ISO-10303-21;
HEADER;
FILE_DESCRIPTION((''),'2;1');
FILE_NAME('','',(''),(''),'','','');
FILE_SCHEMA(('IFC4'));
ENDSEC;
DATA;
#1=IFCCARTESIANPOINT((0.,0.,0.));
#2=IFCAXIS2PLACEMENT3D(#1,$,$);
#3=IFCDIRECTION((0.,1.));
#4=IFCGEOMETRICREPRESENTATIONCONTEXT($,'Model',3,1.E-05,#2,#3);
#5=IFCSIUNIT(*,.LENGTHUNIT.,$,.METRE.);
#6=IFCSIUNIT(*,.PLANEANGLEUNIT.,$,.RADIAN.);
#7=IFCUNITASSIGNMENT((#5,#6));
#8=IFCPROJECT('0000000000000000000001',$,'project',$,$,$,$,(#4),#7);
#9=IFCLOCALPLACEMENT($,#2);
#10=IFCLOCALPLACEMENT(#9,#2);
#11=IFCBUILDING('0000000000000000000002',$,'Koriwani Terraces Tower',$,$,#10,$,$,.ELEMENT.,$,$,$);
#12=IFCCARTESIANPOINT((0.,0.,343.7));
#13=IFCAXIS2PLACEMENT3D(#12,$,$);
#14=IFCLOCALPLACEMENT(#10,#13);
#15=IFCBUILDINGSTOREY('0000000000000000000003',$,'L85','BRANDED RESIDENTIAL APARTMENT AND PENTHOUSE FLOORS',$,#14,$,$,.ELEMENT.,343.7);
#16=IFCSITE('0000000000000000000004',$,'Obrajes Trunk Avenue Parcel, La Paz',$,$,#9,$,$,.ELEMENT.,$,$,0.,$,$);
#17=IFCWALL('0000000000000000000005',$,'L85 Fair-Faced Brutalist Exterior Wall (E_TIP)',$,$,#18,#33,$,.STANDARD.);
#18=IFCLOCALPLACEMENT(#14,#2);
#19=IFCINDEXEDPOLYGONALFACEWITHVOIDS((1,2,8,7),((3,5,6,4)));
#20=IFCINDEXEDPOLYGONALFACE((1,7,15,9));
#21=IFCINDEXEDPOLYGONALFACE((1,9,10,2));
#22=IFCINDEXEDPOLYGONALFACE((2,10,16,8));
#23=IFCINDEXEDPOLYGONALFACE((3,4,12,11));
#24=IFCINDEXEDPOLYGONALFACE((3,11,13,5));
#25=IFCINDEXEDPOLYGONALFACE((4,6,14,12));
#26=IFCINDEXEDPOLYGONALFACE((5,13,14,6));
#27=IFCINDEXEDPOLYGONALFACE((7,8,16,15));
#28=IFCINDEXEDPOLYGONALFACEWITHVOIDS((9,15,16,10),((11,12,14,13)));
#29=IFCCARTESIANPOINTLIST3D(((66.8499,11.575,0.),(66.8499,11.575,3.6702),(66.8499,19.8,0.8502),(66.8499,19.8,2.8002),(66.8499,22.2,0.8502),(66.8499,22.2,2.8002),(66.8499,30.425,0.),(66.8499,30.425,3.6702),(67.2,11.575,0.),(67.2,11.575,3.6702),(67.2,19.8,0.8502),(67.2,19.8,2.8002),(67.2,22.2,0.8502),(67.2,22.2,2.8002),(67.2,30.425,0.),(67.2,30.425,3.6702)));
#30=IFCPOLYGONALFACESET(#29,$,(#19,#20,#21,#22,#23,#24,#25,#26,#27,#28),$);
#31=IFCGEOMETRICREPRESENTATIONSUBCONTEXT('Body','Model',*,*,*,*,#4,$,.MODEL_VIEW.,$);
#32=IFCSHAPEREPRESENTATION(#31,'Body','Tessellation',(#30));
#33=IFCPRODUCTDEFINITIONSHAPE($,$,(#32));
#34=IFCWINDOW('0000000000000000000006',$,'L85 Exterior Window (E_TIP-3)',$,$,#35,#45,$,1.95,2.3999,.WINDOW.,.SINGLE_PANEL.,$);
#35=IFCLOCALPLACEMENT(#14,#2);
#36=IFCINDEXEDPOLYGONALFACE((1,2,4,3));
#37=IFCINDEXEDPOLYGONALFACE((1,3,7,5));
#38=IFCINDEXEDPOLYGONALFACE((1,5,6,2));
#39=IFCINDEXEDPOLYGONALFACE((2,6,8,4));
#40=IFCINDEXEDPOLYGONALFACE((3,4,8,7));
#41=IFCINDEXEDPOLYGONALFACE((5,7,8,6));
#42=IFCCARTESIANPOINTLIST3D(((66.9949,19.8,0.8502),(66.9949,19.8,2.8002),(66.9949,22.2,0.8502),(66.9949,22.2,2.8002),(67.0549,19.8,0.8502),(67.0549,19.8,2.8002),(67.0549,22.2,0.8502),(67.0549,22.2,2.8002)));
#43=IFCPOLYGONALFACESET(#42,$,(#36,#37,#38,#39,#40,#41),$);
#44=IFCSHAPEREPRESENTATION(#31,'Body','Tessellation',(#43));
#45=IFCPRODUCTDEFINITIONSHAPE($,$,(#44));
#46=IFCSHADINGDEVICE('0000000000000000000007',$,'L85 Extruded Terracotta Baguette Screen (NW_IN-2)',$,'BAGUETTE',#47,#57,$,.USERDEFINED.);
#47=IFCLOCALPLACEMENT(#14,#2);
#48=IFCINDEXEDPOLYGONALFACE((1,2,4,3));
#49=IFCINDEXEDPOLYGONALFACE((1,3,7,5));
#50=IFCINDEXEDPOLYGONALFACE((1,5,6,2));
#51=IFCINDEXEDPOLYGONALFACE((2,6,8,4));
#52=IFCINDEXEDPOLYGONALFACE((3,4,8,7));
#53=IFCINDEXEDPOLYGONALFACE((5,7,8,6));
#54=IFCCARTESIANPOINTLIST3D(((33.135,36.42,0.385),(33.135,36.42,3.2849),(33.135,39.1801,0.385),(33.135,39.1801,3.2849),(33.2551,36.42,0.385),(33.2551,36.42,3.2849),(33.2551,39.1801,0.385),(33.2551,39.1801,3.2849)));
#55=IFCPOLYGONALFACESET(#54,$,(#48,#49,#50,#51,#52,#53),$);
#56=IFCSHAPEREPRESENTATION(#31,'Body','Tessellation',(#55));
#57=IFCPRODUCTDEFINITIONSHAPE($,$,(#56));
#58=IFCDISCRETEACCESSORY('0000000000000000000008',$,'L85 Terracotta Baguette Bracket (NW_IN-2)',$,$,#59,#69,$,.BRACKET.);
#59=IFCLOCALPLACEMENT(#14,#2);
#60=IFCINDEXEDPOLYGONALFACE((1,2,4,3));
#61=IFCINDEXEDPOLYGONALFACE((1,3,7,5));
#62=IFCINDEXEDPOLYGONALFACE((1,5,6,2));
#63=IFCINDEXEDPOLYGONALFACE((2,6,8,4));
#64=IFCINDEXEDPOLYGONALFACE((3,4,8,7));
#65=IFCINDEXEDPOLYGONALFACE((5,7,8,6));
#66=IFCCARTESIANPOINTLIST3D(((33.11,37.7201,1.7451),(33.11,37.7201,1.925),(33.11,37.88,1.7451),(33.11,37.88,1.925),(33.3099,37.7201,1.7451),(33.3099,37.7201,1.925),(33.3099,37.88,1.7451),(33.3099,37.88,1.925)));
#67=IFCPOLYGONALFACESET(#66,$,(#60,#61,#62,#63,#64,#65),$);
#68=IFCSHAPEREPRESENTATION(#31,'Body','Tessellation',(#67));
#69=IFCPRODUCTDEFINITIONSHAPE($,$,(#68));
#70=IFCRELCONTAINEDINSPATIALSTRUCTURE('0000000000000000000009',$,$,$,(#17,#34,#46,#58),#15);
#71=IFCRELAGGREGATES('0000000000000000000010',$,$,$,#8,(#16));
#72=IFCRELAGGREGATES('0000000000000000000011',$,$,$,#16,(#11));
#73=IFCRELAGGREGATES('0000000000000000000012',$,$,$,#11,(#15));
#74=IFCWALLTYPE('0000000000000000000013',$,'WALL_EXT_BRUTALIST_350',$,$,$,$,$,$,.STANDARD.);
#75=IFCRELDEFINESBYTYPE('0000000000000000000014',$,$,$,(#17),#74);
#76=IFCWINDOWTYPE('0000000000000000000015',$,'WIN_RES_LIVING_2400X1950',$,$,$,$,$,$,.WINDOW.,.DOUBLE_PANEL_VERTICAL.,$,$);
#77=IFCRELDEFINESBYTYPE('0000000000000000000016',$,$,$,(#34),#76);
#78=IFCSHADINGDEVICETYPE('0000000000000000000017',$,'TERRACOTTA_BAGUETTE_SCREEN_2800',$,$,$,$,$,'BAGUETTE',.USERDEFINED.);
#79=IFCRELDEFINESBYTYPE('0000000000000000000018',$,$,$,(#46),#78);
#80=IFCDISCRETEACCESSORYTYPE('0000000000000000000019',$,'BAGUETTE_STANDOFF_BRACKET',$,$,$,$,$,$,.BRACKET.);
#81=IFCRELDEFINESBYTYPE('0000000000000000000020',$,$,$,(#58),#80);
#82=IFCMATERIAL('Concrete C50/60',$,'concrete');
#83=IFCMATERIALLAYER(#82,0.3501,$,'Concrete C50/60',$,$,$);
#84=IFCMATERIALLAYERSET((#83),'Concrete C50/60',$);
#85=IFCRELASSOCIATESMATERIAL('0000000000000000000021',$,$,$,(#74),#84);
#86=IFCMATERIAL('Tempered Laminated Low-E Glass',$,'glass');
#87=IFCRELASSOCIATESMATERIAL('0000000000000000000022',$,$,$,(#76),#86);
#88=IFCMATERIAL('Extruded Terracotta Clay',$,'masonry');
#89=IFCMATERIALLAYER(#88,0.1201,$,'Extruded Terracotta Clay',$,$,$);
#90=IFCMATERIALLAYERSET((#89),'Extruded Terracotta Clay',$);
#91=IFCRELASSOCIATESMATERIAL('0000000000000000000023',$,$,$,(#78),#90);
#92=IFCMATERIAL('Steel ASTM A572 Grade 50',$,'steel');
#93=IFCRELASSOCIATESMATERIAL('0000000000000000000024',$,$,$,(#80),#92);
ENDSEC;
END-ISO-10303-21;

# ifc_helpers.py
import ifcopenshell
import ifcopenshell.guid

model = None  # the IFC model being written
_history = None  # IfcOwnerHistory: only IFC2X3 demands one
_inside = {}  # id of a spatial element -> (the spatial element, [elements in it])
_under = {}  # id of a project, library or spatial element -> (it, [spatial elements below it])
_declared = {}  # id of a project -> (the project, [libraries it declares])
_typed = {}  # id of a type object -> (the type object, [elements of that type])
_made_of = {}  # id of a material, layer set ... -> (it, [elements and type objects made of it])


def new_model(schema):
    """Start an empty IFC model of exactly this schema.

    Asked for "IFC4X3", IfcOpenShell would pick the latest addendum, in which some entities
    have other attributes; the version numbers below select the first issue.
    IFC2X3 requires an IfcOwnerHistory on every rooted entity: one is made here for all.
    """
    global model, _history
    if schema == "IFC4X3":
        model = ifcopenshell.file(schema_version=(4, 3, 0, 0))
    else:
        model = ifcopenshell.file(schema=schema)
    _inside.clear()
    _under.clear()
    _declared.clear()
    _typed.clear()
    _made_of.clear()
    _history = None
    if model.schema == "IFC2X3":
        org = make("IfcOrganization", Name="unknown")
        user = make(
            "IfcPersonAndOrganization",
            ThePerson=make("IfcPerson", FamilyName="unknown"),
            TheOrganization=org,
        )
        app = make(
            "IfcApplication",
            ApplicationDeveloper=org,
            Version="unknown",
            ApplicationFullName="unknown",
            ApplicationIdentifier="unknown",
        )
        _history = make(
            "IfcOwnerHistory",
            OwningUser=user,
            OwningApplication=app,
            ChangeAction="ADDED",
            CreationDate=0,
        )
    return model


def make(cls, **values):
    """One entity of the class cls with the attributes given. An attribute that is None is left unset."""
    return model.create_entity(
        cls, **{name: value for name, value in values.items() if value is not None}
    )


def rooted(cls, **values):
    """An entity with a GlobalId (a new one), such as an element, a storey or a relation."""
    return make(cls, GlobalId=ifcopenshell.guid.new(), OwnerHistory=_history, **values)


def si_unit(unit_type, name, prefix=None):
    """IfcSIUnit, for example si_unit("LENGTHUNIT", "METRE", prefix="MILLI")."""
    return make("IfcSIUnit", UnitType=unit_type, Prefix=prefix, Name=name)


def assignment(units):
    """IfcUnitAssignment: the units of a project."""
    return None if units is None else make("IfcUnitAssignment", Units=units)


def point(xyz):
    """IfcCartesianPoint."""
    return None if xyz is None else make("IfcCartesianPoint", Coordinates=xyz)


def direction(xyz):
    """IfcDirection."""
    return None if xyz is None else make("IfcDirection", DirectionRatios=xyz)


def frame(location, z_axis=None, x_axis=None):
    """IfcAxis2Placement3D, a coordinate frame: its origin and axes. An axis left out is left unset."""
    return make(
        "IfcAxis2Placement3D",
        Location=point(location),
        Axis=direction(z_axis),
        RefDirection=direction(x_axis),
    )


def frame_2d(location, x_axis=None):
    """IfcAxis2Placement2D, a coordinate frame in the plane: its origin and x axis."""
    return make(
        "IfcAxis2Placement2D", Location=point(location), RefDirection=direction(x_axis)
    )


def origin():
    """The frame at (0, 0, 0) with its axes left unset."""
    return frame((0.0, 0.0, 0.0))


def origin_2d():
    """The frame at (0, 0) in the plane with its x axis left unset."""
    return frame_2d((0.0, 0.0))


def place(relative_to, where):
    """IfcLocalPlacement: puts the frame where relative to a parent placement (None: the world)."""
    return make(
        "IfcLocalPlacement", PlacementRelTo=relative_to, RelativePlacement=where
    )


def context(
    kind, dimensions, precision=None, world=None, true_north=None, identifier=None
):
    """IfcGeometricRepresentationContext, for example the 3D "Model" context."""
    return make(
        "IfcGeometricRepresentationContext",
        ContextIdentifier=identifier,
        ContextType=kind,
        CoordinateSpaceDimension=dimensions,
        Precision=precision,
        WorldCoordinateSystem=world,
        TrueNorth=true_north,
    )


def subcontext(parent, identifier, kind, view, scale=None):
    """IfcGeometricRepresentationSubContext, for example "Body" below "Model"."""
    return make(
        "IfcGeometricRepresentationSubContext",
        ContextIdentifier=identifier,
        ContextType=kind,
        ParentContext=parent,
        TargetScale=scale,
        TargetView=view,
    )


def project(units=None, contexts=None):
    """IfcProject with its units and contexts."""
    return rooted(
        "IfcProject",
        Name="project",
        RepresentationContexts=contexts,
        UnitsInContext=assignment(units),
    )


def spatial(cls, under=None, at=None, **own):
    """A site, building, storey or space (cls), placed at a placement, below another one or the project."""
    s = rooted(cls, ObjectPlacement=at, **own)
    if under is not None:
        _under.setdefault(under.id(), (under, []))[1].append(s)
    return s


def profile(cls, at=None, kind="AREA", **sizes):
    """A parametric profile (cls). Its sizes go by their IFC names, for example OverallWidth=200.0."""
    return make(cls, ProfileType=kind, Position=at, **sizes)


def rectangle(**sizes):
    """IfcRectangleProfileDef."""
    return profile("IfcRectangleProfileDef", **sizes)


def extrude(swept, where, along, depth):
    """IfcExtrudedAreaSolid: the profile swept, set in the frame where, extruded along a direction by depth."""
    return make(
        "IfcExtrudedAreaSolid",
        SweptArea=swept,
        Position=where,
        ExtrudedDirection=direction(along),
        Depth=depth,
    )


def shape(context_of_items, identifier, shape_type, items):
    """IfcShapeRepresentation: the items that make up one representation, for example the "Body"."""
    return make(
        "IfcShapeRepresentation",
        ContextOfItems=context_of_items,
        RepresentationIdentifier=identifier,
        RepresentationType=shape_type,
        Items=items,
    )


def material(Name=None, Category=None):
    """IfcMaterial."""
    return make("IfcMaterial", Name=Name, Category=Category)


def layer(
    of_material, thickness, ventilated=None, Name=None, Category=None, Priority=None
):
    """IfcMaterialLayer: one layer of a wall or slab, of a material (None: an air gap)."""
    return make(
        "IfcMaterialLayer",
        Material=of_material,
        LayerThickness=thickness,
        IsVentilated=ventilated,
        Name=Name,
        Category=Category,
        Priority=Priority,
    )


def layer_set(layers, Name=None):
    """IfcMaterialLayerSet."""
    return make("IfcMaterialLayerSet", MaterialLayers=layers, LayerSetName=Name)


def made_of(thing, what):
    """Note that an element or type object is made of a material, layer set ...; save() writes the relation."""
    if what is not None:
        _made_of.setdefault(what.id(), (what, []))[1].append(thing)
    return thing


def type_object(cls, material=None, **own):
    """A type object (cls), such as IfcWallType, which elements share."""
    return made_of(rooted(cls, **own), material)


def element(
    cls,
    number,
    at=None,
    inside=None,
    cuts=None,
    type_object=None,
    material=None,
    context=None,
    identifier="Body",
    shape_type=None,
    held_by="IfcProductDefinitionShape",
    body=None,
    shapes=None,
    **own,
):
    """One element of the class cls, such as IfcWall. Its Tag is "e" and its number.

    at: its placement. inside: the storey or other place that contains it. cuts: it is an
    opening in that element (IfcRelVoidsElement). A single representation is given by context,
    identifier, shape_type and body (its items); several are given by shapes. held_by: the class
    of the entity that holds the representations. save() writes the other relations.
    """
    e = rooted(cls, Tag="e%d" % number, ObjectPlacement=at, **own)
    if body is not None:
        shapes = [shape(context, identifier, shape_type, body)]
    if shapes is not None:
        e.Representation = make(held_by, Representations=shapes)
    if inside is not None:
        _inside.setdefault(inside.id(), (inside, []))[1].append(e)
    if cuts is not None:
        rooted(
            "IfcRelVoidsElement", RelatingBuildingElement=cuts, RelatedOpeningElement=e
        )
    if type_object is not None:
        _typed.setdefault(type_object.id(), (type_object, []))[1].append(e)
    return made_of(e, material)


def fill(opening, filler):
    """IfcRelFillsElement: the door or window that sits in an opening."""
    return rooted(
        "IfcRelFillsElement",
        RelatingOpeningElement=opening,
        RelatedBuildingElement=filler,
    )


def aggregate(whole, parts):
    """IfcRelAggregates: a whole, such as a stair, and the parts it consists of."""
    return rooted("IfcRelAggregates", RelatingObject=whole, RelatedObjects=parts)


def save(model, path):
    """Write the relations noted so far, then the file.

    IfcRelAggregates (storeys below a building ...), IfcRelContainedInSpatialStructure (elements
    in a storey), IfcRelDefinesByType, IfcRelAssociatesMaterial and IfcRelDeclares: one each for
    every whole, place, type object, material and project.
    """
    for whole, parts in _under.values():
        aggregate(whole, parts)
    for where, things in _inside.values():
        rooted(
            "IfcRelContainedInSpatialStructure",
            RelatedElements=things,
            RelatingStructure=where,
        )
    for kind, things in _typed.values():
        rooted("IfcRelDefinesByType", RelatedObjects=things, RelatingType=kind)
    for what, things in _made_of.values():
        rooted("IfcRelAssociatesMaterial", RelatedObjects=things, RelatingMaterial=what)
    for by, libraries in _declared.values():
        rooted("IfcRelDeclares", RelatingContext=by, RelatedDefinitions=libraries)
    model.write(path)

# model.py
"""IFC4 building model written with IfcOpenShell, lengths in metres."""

from ifc_helpers import new_model, si_unit, direction, frame, frame_2d, origin, origin_2d, place, context, subcontext, project, spatial, rectangle, extrude, material, layer, layer_set, type_object, element, fill, save


model = new_model("IFC4")

# Units and contexts
model_context = context("Model", 3, precision=1e-05, world=origin(), true_north=direction((0.0, 1.0)))
body_context = subcontext(model_context, "Body", "Model", "MODEL_VIEW")
ifc_project = project(units=[si_unit("LENGTHUNIT", "METRE"), si_unit("PLANEANGLEUNIT", "RADIAN")], contexts=[model_context])

# Site, building, storey
site_placement = place(None, origin())
site = spatial("IfcSite", under=ifc_project, at=site_placement, Name="Obrajes Trunk Avenue Parcel, La Paz", CompositionType="ELEMENT", RefElevation=0.0)
building_placement = place(site_placement, origin())
building = spatial("IfcBuilding", under=site, at=building_placement, Name="Koriwani Terraces Tower", CompositionType="ELEMENT")
storey_placement = place(building_placement, frame((0.0, 0.0, 343.7)))
storey = spatial("IfcBuildingStorey", under=building, at=storey_placement, Name="L85", Description="BRANDED RESIDENTIAL APARTMENT AND PENTHOUSE FLOORS", CompositionType="ELEMENT", Elevation=343.7)

# Shared definitions
ifc_material_1 = material(Name="Concrete C50/60", Category="concrete")

# Shared definitions
ifc_material_2 = material(Name="Steel ASTM A572 Grade 50", Category="steel")

# Shared definitions
ifc_layer_1 = layer(ifc_material_1, 0.3501, Name="Concrete C50/60")
ifc_layer_set_1 = layer_set([ifc_layer_1], Name="Concrete C50/60")
wall_type_1 = type_object("IfcWallType", Name="WALL_EXT_BRUTALIST_350", PredefinedType="STANDARD", material=ifc_layer_set_1)

# Wall, opening, window
wall_1_placement = place(storey_placement, frame((67.0249, 30.425, 0.0), z_axis=(0.0, 0.0, 1.0), x_axis=(0.0, -1.0, 0.0)))
wall_1 = element("IfcWall", 1, at=wall_1_placement, inside=storey, type_object=wall_type_1, Name="L85 Fair-Faced Brutalist Exterior Wall (E_TIP)", PredefinedType="STANDARD", context=body_context, shape_type="SweptSolid", body=[
    extrude(rectangle(XDim=18.8501, YDim=0.3501, at=frame_2d((9.425, 0.0))), origin(), (0.0, 0.0, 1.0), 3.6702),
])
opening_1_placement = place(wall_1_placement, frame((8.2251, 0.0, 0.8501)))
opening_1 = element("IfcOpeningElement", 2, at=opening_1_placement, cuts=wall_1, PredefinedType="OPENING", context=body_context, shape_type="SweptSolid", body=[
    extrude(rectangle(XDim=2.3999, YDim=1.95, at=frame_2d((1.2, 0.9751))), frame((0.0, 0.1851, 0.0), z_axis=(0.0, -1.0, 0.0), x_axis=(1.0, 0.0, 0.0)), (0.0, 0.0, 1.0), 0.3701),
])
ifc_material_3 = material(Name="Tempered Laminated Low-E Glass", Category="glass")
window_type = type_object("IfcWindowType", Name="WIN_RES_LIVING_2400X1950", PartitioningType="DOUBLE_PANEL_VERTICAL", PredefinedType="WINDOW", material=ifc_material_3)
window_placement = place(opening_1_placement, origin())
window = element("IfcWindow", 3, at=window_placement, inside=storey, type_object=window_type, Name="L85 Exterior Window (E_TIP-3)", OverallHeight=1.95, OverallWidth=2.3999, PartitioningType="SINGLE_PANEL", PredefinedType="WINDOW", context=body_context, shape_type="SweptSolid", body=[
    extrude(rectangle(XDim=2.3999, YDim=1.95, at=frame_2d((1.2, 0.9751))), frame((0.0, 0.03, 0.0), z_axis=(0.0, -1.0, 0.0), x_axis=(1.0, 0.0, 0.0)), (0.0, 0.0, 1.0), 0.0601),
])
fill(opening_1, window)

# Shading device
ifc_material_4 = material(Name="Extruded Terracotta Clay", Category="masonry")
ifc_layer_2 = layer(ifc_material_4, 0.1201, Name="Extruded Terracotta Clay")
ifc_layer_set_2 = layer_set([ifc_layer_2], Name="Extruded Terracotta Clay")
shading_device_type = type_object("IfcShadingDeviceType", Name="TERRACOTTA_BAGUETTE_SCREEN_2800", ElementType="BAGUETTE", PredefinedType="USERDEFINED", material=ifc_layer_set_2)
shading_device_placement = place(storey_placement, frame((33.1951, 37.8, 0.385), z_axis=(0.0, 0.0, 1.0), x_axis=(0.0, -1.0, 0.0)))
element("IfcShadingDevice", 4, at=shading_device_placement, inside=storey, type_object=shading_device_type, Name="L85 Extruded Terracotta Baguette Screen (NW_IN-2)", ObjectType="BAGUETTE", PredefinedType="USERDEFINED", context=body_context, shape_type="SweptSolid", body=[
    extrude(rectangle(XDim=2.76, YDim=0.1201, at=origin_2d()), origin(), (0.0, 0.0, 1.0), 2.8999),
])

# Discrete accessory
discrete_accessory_type = type_object("IfcDiscreteAccessoryType", Name="BAGUETTE_STANDOFF_BRACKET", PredefinedType="BRACKET", material=ifc_material_2)
discrete_accessory_placement = place(storey_placement, frame((33.21, 37.8, 1.7451), z_axis=(0.0, 0.0, 1.0), x_axis=(0.0, -1.0, 0.0)))
element("IfcDiscreteAccessory", 5, at=discrete_accessory_placement, inside=storey, type_object=discrete_accessory_type, Name="L85 Terracotta Baguette Bracket (NW_IN-2)", PredefinedType="BRACKET", context=body_context, shape_type="SweptSolid", body=[
    extrude(rectangle(XDim=0.1599, YDim=0.2, at=origin_2d()), origin(), (0.0, 0.0, 1.0), 0.1799),
])

save(model, "model.ifc")
